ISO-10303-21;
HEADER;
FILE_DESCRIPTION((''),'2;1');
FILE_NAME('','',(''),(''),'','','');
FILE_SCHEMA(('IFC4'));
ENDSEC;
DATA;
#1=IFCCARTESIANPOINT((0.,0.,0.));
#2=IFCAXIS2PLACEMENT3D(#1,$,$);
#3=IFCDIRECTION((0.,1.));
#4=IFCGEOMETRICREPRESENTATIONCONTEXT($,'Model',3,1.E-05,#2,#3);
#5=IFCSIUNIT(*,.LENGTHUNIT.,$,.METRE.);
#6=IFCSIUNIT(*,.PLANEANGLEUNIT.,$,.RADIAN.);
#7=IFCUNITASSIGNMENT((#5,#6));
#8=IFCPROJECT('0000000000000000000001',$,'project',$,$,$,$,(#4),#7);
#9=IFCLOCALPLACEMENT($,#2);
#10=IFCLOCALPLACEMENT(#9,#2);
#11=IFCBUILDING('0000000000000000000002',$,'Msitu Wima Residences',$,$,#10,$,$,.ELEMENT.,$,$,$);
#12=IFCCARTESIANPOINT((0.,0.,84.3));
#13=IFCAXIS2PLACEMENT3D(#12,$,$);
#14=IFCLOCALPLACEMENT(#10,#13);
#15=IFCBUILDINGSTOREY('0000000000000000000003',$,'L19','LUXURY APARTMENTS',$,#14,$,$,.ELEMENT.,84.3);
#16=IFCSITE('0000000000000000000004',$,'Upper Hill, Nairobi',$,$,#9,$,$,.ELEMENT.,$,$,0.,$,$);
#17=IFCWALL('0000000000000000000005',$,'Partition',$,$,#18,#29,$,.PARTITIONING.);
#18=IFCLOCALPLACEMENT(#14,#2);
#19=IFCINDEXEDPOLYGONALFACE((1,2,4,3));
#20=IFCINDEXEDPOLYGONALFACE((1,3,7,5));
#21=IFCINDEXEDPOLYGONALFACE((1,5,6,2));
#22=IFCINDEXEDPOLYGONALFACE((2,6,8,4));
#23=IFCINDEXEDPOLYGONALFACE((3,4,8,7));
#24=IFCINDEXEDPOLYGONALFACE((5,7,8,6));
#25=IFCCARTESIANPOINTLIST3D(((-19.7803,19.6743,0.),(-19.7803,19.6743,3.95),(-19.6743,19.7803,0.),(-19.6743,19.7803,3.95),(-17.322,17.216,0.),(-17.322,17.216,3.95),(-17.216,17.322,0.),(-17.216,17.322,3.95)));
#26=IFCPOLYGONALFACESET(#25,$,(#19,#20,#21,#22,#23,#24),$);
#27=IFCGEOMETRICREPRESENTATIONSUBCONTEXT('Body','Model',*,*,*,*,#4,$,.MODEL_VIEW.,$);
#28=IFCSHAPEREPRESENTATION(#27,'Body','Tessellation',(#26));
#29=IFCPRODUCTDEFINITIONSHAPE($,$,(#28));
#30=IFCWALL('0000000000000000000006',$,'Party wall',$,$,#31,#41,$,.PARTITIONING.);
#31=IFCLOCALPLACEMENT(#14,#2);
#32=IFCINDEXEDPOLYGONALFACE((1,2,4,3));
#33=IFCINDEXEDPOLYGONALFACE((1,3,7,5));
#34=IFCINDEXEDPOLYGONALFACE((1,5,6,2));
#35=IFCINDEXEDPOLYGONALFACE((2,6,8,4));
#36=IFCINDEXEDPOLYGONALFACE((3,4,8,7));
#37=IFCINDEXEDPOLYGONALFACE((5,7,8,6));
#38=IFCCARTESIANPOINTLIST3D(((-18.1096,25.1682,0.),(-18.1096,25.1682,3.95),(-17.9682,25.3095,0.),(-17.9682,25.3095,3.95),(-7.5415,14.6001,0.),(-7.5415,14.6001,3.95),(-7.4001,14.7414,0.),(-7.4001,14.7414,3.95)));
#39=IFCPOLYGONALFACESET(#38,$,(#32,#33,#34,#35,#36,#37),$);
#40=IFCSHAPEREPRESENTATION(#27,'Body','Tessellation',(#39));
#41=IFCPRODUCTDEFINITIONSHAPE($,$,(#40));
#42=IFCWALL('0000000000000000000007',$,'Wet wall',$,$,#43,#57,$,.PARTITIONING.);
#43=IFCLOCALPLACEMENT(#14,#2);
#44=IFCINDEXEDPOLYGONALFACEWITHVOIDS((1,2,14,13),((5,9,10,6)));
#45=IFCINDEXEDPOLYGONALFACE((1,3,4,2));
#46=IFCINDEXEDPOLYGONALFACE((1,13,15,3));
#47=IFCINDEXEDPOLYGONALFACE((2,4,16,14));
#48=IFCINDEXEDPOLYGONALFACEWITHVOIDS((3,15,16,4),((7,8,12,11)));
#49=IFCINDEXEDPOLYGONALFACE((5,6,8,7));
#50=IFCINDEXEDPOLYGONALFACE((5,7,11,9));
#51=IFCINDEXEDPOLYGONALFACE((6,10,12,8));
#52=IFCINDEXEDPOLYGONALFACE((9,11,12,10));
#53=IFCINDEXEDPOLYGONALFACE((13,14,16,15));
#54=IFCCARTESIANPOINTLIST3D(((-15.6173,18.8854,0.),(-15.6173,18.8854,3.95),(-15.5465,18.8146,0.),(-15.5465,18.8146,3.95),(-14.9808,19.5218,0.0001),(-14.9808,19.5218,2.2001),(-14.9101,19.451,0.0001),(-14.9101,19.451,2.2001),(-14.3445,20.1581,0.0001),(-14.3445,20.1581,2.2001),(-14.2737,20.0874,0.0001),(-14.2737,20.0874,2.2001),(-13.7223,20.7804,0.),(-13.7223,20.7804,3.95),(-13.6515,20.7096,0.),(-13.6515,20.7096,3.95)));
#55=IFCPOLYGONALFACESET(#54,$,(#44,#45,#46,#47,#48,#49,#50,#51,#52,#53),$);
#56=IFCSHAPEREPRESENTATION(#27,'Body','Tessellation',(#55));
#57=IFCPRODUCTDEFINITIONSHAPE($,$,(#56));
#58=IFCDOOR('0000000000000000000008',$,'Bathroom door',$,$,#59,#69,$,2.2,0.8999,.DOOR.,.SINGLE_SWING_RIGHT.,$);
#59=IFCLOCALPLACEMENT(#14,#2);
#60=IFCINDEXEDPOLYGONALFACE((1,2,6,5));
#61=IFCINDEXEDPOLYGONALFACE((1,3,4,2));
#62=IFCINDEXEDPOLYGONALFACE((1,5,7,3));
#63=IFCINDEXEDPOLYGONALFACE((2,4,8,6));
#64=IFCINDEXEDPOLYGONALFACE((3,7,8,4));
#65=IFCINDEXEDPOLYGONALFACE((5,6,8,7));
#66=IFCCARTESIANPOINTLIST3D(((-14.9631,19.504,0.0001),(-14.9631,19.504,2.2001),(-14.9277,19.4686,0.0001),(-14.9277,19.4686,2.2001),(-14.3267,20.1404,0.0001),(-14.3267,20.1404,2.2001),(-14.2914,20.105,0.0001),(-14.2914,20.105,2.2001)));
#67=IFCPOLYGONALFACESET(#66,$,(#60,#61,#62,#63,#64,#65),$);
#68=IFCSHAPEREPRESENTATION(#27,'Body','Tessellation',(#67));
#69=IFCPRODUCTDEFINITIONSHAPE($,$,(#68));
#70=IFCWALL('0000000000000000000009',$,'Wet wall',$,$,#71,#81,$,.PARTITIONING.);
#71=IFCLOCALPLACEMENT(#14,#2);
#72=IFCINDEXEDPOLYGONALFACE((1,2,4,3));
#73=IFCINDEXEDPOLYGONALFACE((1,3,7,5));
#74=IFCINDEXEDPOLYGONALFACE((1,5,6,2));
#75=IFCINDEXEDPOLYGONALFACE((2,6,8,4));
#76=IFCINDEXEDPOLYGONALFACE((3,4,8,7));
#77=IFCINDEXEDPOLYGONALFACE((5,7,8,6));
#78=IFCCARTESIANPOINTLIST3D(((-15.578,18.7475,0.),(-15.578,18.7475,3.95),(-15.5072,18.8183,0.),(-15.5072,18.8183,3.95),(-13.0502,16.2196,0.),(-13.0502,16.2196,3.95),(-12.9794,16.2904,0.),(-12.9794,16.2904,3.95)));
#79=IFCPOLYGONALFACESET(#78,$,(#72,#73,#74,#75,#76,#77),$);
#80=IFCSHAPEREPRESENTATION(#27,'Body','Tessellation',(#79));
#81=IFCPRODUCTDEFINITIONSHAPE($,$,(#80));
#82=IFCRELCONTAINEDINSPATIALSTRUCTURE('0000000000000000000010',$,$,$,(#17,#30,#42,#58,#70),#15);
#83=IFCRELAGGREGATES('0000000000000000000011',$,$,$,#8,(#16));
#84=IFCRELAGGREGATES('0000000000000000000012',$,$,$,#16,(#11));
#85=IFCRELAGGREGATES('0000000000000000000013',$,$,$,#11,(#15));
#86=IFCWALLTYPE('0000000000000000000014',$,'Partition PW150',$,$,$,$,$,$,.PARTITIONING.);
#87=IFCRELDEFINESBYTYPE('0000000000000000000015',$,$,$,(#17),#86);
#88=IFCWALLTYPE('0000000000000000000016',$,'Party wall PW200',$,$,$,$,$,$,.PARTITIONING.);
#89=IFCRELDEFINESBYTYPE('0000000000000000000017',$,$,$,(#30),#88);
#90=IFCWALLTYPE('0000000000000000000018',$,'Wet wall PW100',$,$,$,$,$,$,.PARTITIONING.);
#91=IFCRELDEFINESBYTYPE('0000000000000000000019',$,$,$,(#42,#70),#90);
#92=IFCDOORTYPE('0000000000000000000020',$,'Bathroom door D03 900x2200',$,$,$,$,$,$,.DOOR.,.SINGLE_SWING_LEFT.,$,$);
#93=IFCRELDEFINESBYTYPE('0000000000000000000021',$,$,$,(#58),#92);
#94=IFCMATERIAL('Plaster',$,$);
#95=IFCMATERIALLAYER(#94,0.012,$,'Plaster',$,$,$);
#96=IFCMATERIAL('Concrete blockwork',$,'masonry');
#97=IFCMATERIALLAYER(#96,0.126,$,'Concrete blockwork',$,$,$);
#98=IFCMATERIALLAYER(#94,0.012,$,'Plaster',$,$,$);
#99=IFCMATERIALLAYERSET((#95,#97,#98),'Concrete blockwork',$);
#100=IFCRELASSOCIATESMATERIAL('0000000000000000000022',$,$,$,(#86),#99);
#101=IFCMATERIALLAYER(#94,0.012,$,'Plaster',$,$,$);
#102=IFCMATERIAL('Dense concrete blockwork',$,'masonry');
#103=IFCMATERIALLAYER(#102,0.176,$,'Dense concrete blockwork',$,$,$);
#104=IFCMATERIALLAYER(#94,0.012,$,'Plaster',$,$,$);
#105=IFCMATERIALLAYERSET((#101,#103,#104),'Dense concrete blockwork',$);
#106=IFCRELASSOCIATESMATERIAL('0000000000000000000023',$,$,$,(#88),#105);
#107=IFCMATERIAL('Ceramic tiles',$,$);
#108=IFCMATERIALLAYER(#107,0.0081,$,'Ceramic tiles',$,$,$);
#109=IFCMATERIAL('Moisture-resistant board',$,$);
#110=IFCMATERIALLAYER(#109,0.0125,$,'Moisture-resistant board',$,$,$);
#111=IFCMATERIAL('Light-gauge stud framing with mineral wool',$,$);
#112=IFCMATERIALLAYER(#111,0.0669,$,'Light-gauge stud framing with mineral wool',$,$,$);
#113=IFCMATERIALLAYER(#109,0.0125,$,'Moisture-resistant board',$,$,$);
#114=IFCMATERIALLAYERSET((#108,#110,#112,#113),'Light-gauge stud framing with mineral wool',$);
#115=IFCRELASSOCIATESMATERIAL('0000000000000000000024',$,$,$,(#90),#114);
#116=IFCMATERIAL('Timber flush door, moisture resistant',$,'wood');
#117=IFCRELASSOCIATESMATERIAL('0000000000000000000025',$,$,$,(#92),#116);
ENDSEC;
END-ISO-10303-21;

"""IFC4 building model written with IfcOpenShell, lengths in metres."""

from ifc_helpers import new_model, si_unit, direction, frame, frame_2d, origin, place, context, subcontext, project, spatial, rectangle, extrude, material, layer, layer_set, type_object, element, fill, save


model = new_model("IFC4")

# Units and contexts
model_context = context("Model", 3, precision=1e-05, world=origin(), true_north=direction((0.0, 1.0)))
body_context = subcontext(model_context, "Body", "Model", "MODEL_VIEW")
ifc_project = project(units=[si_unit("LENGTHUNIT", "METRE"), si_unit("PLANEANGLEUNIT", "RADIAN")], contexts=[model_context])

# Site, building, storey
site_placement = place(None, origin())
site = spatial("IfcSite", under=ifc_project, at=site_placement, Name="Upper Hill, Nairobi", CompositionType="ELEMENT", RefElevation=0.0)
building_placement = place(site_placement, origin())
building = spatial("IfcBuilding", under=site, at=building_placement, Name="Msitu Wima Residences", CompositionType="ELEMENT")
storey_placement = place(building_placement, frame((0.0, 0.0, 84.3)))
storey = spatial("IfcBuildingStorey", under=building, at=storey_placement, Name="L19", Description="LUXURY APARTMENTS", CompositionType="ELEMENT", Elevation=84.3)

# Shared definitions
ifc_material_1 = material(Name="Plaster")
ifc_material_2 = material(Name="Concrete blockwork", Category="masonry")

# Walls
ifc_layer_1 = layer(ifc_material_1, 0.012, Name="Plaster")
ifc_layer_2 = layer(ifc_material_2, 0.126, Name="Concrete blockwork")
ifc_layer_3 = layer(ifc_material_1, 0.012, Name="Plaster")
ifc_layer_set_1 = layer_set([ifc_layer_1, ifc_layer_2, ifc_layer_3], Name="Concrete blockwork")
wall_type_1 = type_object("IfcWallType", Name="Partition PW150", PredefinedType="PARTITIONING", material=ifc_layer_set_1)
wall_1_placement = place(storey_placement, frame((-19.7273, 19.7273, 0.0), z_axis=(0.0, 0.0, 1.0), x_axis=(0.707107, -0.707107, 0.0)))
element("IfcWall", 1, at=wall_1_placement, inside=storey, type_object=wall_type_1, Name="Partition", PredefinedType="PARTITIONING", context=body_context, shape_type="SweptSolid", body=[
    extrude(rectangle(XDim=3.4766, YDim=0.1499, at=frame_2d((1.7383, 0.0))), origin(), (0.0, 0.0, 1.0), 3.95),
])
ifc_layer_4 = layer(ifc_material_1, 0.012, Name="Plaster")
ifc_material_3 = material(Name="Dense concrete blockwork", Category="masonry")
ifc_layer_5 = layer(ifc_material_3, 0.176, Name="Dense concrete blockwork")
ifc_layer_6 = layer(ifc_material_1, 0.012, Name="Plaster")
ifc_layer_set_2 = layer_set([ifc_layer_4, ifc_layer_5, ifc_layer_6], Name="Dense concrete blockwork")
wall_type_2 = type_object("IfcWallType", Name="Party wall PW200", PredefinedType="PARTITIONING", material=ifc_layer_set_2)
wall_2_placement = place(storey_placement, frame((-18.0388, 25.2388, 0.0), z_axis=(0.0, 0.0, 1.0), x_axis=(0.707107, -0.707107, 0.0)))
element("IfcWall", 2, at=wall_2_placement, inside=storey, type_object=wall_type_2, Name="Party wall", PredefinedType="PARTITIONING", context=body_context, shape_type="SweptSolid", body=[
    extrude(rectangle(XDim=14.9456, YDim=0.2, at=frame_2d((7.4727, 0.0))), origin(), (0.0, 0.0, 1.0), 3.95),
])

# Wall, opening, door
ifc_material_4 = material(Name="Ceramic tiles")
ifc_layer_7 = layer(ifc_material_4, 0.0081, Name="Ceramic tiles")
ifc_material_5 = material(Name="Moisture-resistant board")
ifc_layer_8 = layer(ifc_material_5, 0.0125, Name="Moisture-resistant board")
ifc_material_6 = material(Name="Light-gauge stud framing with mineral wool")
ifc_layer_9 = layer(ifc_material_6, 0.0669, Name="Light-gauge stud framing with mineral wool")
ifc_layer_10 = layer(ifc_material_5, 0.0125, Name="Moisture-resistant board")
ifc_layer_set_3 = layer_set([ifc_layer_7, ifc_layer_8, ifc_layer_9, ifc_layer_10], Name="Light-gauge stud framing with mineral wool")
wall_type_3 = type_object("IfcWallType", Name="Wet wall PW100", PredefinedType="PARTITIONING", material=ifc_layer_set_3)
wall_3_placement = place(storey_placement, frame((-15.5818, 18.8501, 0.0), z_axis=(0.0, 0.0, 1.0), x_axis=(0.707107, 0.707107, 0.0)))
wall_3 = element("IfcWall", 3, at=wall_3_placement, inside=storey, type_object=wall_type_3, Name="Wet wall", PredefinedType="PARTITIONING", context=body_context, shape_type="SweptSolid", body=[
    extrude(rectangle(XDim=2.6799, YDim=0.1001, at=frame_2d((1.3398, 0.0))), origin(), (0.0, 0.0, 1.0), 3.95),
])
opening_1_placement = place(wall_3_placement, frame((0.8999, 0.0, 0.0)))
opening_1 = element("IfcOpeningElement", 4, at=opening_1_placement, cuts=wall_3, PredefinedType="OPENING", context=body_context, shape_type="SweptSolid", body=[
    extrude(rectangle(XDim=0.8999, YDim=2.2, at=frame_2d((0.45, 1.1001))), frame((0.0, 0.0601, 0.0), z_axis=(0.0, -1.0, 0.0), x_axis=(1.0, 0.0, 0.0)), (0.0, 0.0, 1.0), 0.1201),
])
ifc_material_7 = material(Name="Timber flush door, moisture resistant", Category="wood")
door_type_1 = type_object("IfcDoorType", Name="Bathroom door D03 900x2200", OperationType="SINGLE_SWING_LEFT", PredefinedType="DOOR", material=ifc_material_7)
door_1_placement = place(opening_1_placement, origin())
door_1 = element("IfcDoor", 5, at=door_1_placement, inside=storey, type_object=door_type_1, Name="Bathroom door", OperationType="SINGLE_SWING_RIGHT", OverallHeight=2.2, OverallWidth=0.8999, PredefinedType="DOOR", context=body_context, shape_type="SweptSolid", body=[
    extrude(rectangle(XDim=0.8999, YDim=2.2, at=frame_2d((0.45, 1.1001))), frame((0.0, 0.0249, 0.0), z_axis=(0.0, -1.0, 0.0), x_axis=(1.0, 0.0, 0.0)), (0.0, 0.0, 1.0), 0.05),
])
fill(opening_1, door_1)

# Wall
wall_4_placement = place(storey_placement, frame((-15.5427, 18.783, 0.0), z_axis=(0.0, 0.0, 1.0), x_axis=(0.707107, -0.707107, 0.0)))
element("IfcWall", 6, at=wall_4_placement, inside=storey, type_object=wall_type_3, Name="Wet wall", PredefinedType="PARTITIONING", context=body_context, shape_type="SweptSolid", body=[
    extrude(rectangle(XDim=3.575, YDim=0.1001, at=frame_2d((1.7876, 0.0))), origin(), (0.0, 0.0, 1.0), 3.95),
])

save(model, "model.ifc")
